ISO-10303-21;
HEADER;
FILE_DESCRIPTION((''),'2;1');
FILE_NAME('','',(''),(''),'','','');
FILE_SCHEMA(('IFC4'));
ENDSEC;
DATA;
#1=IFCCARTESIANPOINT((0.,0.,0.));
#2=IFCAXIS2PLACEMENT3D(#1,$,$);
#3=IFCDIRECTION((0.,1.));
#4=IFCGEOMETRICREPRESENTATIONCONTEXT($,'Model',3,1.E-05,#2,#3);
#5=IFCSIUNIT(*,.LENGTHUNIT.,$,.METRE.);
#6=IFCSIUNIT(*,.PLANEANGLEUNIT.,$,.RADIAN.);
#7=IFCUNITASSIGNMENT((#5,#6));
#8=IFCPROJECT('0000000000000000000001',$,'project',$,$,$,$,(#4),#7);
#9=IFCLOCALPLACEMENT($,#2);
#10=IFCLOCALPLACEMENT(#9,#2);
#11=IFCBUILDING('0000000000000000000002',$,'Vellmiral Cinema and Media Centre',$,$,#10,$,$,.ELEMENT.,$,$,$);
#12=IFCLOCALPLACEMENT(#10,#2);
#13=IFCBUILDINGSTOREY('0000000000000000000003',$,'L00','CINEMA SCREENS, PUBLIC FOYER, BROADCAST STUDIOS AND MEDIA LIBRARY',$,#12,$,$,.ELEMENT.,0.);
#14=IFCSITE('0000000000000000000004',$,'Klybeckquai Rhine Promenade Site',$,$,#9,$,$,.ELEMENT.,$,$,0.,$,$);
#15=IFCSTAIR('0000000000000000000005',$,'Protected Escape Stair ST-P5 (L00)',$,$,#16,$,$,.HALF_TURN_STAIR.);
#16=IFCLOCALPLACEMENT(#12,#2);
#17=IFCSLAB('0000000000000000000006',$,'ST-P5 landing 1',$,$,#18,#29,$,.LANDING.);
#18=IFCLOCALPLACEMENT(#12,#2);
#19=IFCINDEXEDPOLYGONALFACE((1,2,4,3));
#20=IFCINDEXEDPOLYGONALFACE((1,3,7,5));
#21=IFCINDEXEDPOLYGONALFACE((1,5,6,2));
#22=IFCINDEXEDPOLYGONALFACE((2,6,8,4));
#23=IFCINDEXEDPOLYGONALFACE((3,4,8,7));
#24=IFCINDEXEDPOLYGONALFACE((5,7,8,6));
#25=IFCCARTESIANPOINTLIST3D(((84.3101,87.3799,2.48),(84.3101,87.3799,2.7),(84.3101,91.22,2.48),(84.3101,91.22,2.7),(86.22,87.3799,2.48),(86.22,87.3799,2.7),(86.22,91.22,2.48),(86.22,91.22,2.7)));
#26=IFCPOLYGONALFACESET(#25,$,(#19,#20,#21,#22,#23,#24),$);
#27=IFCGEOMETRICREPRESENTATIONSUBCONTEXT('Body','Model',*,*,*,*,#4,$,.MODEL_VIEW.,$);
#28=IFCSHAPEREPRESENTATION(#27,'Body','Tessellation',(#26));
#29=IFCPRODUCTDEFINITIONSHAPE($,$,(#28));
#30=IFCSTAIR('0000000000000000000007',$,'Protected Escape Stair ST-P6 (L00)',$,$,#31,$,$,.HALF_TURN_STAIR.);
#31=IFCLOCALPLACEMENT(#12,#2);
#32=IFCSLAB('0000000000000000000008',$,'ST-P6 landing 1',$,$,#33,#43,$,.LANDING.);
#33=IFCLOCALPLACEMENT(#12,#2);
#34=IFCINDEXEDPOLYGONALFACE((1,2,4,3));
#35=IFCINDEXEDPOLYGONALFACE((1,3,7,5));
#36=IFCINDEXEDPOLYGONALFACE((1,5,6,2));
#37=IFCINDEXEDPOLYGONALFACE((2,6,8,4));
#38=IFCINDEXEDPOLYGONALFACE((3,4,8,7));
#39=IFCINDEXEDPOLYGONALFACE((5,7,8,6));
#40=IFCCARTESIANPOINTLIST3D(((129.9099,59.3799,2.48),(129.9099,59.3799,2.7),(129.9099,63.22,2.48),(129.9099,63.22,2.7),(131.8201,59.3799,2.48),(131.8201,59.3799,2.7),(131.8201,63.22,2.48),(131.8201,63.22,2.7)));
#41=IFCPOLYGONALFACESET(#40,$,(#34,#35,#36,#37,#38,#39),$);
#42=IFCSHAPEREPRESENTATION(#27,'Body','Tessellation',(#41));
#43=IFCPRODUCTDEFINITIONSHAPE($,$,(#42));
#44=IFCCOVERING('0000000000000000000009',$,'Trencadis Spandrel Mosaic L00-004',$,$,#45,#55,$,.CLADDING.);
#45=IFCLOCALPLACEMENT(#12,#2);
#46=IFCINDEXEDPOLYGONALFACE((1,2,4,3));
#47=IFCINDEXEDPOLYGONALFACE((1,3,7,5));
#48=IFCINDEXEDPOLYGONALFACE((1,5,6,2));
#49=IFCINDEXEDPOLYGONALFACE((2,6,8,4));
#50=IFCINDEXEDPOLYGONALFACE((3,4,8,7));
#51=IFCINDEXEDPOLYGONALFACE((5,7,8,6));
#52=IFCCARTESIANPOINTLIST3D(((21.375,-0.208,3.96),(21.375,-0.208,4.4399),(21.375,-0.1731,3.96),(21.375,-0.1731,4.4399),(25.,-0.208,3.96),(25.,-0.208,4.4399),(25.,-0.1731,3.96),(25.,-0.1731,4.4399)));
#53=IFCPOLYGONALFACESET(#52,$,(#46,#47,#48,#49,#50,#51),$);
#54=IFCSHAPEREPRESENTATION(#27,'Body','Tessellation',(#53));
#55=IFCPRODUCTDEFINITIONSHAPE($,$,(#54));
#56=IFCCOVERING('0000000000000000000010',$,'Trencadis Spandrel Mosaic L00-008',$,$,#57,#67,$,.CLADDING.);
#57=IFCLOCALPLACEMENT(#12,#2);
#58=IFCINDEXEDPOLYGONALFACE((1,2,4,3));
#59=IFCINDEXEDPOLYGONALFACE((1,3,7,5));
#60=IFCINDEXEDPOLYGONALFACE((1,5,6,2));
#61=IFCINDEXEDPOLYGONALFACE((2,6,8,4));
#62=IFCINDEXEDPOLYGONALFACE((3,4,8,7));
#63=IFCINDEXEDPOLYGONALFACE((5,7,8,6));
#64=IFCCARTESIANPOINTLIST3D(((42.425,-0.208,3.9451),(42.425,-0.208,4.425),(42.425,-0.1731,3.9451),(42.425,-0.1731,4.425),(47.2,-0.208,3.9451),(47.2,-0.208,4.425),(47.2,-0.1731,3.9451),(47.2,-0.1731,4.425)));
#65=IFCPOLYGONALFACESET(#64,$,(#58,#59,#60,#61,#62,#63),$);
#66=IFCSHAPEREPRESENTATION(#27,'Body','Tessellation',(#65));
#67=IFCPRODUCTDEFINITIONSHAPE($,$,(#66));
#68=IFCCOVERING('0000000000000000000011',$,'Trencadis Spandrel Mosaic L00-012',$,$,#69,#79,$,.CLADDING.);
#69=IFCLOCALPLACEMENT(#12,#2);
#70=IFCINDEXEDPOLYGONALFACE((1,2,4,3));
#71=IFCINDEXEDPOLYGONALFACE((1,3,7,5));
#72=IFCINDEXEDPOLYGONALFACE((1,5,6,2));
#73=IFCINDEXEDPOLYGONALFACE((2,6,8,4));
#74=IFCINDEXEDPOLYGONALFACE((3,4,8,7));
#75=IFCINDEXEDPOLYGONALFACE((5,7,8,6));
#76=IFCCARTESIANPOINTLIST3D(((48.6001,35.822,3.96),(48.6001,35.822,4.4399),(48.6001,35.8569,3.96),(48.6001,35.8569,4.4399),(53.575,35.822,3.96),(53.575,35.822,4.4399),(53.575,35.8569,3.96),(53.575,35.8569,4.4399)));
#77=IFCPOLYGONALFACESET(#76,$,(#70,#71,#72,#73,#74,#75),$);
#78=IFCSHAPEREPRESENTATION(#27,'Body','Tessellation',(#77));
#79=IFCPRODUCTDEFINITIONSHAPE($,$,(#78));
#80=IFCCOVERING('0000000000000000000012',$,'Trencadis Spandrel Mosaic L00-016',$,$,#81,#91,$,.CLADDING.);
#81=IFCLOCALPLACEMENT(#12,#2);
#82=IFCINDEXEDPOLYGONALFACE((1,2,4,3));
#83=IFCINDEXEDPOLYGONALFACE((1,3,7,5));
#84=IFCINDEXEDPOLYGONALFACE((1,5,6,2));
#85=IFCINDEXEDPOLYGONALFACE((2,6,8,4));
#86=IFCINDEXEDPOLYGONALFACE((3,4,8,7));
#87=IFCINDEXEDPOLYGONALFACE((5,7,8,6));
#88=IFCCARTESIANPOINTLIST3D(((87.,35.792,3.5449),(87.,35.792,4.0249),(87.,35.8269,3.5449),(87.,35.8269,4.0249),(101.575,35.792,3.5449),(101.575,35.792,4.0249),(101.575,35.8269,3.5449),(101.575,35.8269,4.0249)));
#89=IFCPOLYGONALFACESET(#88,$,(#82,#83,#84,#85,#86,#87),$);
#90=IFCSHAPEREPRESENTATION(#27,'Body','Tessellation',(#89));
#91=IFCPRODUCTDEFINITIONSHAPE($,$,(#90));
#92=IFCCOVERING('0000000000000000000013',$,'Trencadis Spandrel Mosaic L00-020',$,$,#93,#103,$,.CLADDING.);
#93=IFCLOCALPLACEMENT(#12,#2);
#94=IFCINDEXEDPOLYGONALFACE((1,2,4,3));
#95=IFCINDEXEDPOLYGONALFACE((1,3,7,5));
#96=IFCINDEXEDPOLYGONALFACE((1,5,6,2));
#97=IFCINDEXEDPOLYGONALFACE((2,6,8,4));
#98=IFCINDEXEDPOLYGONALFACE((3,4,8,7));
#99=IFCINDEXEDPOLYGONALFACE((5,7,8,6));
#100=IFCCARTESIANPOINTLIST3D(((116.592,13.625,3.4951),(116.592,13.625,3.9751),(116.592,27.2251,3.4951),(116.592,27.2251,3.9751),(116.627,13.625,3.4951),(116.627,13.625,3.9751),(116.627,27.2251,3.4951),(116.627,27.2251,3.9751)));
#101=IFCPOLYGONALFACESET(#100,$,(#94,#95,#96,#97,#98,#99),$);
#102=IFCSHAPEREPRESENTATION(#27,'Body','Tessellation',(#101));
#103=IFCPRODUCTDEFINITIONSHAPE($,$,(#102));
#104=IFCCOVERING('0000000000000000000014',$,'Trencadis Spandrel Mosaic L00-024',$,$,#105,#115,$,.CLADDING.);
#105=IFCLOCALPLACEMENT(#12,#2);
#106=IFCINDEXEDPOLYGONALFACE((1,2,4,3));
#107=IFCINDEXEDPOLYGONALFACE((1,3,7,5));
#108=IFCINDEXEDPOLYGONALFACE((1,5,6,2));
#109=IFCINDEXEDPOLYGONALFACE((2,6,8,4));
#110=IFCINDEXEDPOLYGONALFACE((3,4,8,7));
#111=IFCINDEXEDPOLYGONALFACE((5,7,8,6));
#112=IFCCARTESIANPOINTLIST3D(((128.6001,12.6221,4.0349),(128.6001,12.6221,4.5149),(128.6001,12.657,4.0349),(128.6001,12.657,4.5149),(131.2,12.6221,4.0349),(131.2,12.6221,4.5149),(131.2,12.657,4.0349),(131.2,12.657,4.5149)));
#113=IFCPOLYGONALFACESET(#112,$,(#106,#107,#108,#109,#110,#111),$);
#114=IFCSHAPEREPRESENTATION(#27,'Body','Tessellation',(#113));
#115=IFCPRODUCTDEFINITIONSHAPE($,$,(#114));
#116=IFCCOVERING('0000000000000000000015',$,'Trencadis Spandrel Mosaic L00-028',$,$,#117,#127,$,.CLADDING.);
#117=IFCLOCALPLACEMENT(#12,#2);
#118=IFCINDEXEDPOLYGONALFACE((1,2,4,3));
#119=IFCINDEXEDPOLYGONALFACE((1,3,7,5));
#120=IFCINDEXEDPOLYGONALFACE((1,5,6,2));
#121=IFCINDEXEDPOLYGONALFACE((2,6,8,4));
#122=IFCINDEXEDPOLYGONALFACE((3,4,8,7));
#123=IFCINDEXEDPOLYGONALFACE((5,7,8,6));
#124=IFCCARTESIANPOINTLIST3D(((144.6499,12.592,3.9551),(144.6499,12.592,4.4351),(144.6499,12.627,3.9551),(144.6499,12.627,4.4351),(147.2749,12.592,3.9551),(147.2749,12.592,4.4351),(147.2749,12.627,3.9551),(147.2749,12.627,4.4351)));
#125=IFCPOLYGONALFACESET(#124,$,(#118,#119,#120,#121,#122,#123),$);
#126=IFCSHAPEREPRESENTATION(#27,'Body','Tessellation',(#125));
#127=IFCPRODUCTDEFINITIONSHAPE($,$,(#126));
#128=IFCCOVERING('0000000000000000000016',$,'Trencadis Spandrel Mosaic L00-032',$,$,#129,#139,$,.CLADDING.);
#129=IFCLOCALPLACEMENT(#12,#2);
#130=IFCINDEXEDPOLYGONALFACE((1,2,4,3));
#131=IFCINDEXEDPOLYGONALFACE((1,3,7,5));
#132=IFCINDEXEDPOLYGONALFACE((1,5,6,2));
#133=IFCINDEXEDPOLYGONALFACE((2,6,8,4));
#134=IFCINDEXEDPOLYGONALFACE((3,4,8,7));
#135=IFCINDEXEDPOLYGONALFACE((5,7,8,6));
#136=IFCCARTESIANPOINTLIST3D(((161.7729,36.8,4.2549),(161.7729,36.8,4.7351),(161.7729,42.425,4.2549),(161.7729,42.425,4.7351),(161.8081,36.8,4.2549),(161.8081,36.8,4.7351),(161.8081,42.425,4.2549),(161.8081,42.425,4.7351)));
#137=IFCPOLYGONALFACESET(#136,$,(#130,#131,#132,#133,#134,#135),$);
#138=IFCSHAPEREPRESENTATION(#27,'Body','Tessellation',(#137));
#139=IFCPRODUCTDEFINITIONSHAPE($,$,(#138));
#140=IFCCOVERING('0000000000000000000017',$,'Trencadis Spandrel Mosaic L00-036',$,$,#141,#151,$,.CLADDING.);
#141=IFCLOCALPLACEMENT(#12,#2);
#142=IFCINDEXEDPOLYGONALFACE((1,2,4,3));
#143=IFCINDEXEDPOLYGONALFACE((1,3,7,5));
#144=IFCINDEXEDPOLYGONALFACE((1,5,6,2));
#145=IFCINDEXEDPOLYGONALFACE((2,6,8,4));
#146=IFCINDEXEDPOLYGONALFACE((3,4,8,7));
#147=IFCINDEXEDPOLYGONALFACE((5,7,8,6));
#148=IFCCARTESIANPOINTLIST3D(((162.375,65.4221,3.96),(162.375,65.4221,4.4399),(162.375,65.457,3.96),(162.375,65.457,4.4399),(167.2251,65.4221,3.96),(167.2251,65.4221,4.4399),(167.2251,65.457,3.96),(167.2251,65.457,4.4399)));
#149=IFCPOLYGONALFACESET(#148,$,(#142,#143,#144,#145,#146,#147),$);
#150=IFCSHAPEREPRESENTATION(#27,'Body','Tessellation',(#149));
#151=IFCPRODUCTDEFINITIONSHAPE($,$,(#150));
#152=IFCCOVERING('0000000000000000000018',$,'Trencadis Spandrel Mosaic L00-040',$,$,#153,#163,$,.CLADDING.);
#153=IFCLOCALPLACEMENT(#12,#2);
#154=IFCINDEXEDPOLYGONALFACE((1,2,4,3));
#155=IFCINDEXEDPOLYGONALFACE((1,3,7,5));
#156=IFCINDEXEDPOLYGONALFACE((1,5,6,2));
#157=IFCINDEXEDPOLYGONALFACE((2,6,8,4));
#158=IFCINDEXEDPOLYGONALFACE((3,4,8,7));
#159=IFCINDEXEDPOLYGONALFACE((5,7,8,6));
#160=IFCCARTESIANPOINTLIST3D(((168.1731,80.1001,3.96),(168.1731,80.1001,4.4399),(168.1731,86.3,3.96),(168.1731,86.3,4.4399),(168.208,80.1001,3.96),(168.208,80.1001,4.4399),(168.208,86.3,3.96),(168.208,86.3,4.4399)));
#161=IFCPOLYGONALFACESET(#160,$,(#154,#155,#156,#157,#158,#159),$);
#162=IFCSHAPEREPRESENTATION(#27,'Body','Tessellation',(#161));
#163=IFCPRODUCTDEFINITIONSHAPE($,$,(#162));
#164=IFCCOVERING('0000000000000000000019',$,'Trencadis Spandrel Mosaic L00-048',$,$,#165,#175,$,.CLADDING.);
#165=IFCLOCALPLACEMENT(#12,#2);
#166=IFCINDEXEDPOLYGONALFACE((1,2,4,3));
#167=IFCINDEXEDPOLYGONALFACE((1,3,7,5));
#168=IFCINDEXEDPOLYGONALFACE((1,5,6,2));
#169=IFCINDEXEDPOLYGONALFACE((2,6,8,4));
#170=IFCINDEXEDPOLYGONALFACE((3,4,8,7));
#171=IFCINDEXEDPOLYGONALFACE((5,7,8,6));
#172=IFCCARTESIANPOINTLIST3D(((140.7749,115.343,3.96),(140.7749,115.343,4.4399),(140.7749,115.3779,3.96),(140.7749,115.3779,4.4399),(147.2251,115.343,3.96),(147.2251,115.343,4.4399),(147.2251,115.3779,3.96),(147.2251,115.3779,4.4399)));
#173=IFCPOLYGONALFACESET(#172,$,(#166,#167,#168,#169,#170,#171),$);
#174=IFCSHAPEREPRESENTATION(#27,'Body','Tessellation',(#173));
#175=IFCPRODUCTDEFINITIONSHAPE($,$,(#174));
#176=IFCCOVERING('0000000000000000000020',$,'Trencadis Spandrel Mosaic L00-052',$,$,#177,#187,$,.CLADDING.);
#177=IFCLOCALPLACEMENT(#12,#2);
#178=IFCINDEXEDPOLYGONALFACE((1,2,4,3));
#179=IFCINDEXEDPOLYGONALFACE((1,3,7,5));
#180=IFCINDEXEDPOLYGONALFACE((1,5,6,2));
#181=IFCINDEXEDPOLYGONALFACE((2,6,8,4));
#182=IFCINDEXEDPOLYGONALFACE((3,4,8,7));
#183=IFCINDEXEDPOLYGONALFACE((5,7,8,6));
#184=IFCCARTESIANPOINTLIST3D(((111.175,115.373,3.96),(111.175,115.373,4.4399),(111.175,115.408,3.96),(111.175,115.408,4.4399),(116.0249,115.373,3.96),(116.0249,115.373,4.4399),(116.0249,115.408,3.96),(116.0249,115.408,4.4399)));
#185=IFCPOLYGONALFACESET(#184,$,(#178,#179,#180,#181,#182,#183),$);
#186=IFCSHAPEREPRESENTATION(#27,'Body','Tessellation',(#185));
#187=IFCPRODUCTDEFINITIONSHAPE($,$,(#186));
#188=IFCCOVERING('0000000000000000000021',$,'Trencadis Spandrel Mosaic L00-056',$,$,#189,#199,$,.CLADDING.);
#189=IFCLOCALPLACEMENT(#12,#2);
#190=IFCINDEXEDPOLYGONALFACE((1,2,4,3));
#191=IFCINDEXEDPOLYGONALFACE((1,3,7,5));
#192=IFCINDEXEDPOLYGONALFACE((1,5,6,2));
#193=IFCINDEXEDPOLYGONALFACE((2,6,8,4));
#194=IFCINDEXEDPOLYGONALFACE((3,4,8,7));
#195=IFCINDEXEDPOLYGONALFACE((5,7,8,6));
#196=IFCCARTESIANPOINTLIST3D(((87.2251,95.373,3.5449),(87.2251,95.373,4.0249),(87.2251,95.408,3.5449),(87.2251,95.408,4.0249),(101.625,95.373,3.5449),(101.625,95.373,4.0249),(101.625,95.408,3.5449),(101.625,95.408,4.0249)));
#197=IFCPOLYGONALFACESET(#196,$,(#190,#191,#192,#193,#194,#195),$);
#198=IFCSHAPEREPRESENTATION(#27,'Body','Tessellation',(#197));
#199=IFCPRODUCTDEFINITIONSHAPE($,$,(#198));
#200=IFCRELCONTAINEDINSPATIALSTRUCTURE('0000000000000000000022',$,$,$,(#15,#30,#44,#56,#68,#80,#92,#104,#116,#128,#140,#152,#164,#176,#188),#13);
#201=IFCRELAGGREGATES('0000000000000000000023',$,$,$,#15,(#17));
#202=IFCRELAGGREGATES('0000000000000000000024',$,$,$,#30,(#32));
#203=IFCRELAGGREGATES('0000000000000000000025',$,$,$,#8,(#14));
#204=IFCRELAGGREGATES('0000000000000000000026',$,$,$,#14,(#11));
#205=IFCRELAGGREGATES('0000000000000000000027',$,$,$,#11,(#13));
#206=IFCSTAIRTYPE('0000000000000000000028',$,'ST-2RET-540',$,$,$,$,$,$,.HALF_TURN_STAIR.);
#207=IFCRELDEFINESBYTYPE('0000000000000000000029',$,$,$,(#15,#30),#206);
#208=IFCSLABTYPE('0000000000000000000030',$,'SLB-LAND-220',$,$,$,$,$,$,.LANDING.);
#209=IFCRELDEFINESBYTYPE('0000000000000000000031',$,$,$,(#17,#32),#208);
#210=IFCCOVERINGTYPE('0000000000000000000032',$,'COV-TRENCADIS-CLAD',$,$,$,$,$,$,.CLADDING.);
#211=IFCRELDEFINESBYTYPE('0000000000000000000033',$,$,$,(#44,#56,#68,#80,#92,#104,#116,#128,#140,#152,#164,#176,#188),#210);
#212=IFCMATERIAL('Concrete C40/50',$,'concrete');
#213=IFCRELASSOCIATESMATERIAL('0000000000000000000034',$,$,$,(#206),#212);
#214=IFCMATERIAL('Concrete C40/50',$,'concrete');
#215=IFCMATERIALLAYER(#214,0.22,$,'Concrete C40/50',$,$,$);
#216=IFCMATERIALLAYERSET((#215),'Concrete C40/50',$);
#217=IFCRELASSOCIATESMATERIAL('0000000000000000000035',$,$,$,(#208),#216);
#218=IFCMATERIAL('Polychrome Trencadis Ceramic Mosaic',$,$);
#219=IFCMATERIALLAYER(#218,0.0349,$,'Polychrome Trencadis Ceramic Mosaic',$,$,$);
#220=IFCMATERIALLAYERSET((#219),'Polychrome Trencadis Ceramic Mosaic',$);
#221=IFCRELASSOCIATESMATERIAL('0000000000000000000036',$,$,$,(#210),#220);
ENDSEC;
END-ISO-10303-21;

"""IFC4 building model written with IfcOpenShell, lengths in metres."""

from ifc_helpers import new_model, si_unit, direction, frame, origin, place, context, subcontext, project, spatial, polyline, outline, extrude, material, layer, layer_set, type_object, element, aggregate, save


model = new_model("IFC4")

# Units and contexts
model_context = context("Model", 3, precision=1e-05, world=origin(), true_north=direction((0.0, 1.0)))
body_context = subcontext(model_context, "Body", "Model", "MODEL_VIEW")
ifc_project = project(units=[si_unit("LENGTHUNIT", "METRE"), si_unit("PLANEANGLEUNIT", "RADIAN")], contexts=[model_context])

# Site, building, storey
site_placement = place(None, origin())
site = spatial("IfcSite", under=ifc_project, at=site_placement, Name="Klybeckquai Rhine Promenade Site", CompositionType="ELEMENT", RefElevation=0.0)
building_placement = place(site_placement, origin())
building = spatial("IfcBuilding", under=site, at=building_placement, Name="Vellmiral Cinema and Media Centre", CompositionType="ELEMENT")
storey_placement = place(building_placement, origin())
storey = spatial("IfcBuildingStorey", under=building, at=storey_placement, Name="L00", Description="CINEMA SCREENS, PUBLIC FOYER, BROADCAST STUDIOS AND MEDIA LIBRARY", CompositionType="ELEMENT", Elevation=0.0)

# Stairs, slabs
ifc_material_1 = material(Name="Concrete C40/50", Category="concrete")
stair_type = type_object("IfcStairType", Name="ST-2RET-540", PredefinedType="HALF_TURN_STAIR", material=ifc_material_1)
stair_1_placement = place(storey_placement, origin())
stair_1 = element("IfcStair", 1, at=stair_1_placement, inside=storey, type_object=stair_type, Name="Protected Escape Stair ST-P5 (L00)", PredefinedType="HALF_TURN_STAIR")
ifc_material_2 = material(Name="Concrete C40/50", Category="concrete")
ifc_layer_1 = layer(ifc_material_2, 0.22, Name="Concrete C40/50")
ifc_layer_set_1 = layer_set([ifc_layer_1], Name="Concrete C40/50")
slab_type = type_object("IfcSlabType", Name="SLB-LAND-220", PredefinedType="LANDING", material=ifc_layer_set_1)
slab_1_placement = place(storey_placement, frame((0.0, 0.0, 2.48)))
slab_1 = element("IfcSlab", 2, at=slab_1_placement, type_object=slab_type, Name="ST-P5 landing 1", PredefinedType="LANDING", context=body_context, shape_type="SweptSolid", body=[
    extrude(outline(polyline([(84.3101, 87.3799), (86.22, 87.3799), (86.22, 91.22), (84.3101, 91.22), (84.3101, 87.3799)])), origin(), (0.0, 0.0, 1.0), 0.22),
])
aggregate(stair_1, [slab_1])
stair_2_placement = place(storey_placement, origin())
stair_2 = element("IfcStair", 3, at=stair_2_placement, inside=storey, type_object=stair_type, Name="Protected Escape Stair ST-P6 (L00)", PredefinedType="HALF_TURN_STAIR")
slab_2_placement = place(storey_placement, frame((0.0, 0.0, 2.48)))
slab_2 = element("IfcSlab", 4, at=slab_2_placement, type_object=slab_type, Name="ST-P6 landing 1", PredefinedType="LANDING", context=body_context, shape_type="SweptSolid", body=[
    extrude(outline(polyline([(129.9099, 59.3799), (131.8201, 59.3799), (131.8201, 63.22), (129.9099, 63.22), (129.9099, 59.3799)])), origin(), (0.0, 0.0, 1.0), 0.22),
])
aggregate(stair_2, [slab_2])

# Coverings
ifc_material_3 = material(Name="Polychrome Trencadis Ceramic Mosaic")
ifc_layer_2 = layer(ifc_material_3, 0.0349, Name="Polychrome Trencadis Ceramic Mosaic")
ifc_layer_set_2 = layer_set([ifc_layer_2], Name="Polychrome Trencadis Ceramic Mosaic")
covering_type = type_object("IfcCoveringType", Name="COV-TRENCADIS-CLAD", PredefinedType="CLADDING", material=ifc_layer_set_2)
covering_1_placement = place(storey_placement, frame((0.0, 0.0, 3.96)))
element("IfcCovering", 5, at=covering_1_placement, inside=storey, type_object=covering_type, Name="Trencadis Spandrel Mosaic L00-004", PredefinedType="CLADDING", context=body_context, shape_type="SweptSolid", body=[
    extrude(outline(polyline([(21.375, -0.208), (25.0, -0.208), (25.0, -0.1731), (21.375, -0.1731), (21.375, -0.208)])), origin(), (0.0, 0.0, 1.0), 0.48),
])
covering_2_placement = place(storey_placement, frame((0.0, 0.0, 3.9451)))
element("IfcCovering", 6, at=covering_2_placement, inside=storey, type_object=covering_type, Name="Trencadis Spandrel Mosaic L00-008", PredefinedType="CLADDING", context=body_context, shape_type="SweptSolid", body=[
    extrude(outline(polyline([(42.425, -0.208), (47.2, -0.208), (47.2, -0.1731), (42.425, -0.1731), (42.425, -0.208)])), origin(), (0.0, 0.0, 1.0), 0.48),
])
covering_3_placement = place(storey_placement, frame((0.0, 0.0, 3.96)))
element("IfcCovering", 7, at=covering_3_placement, inside=storey, type_object=covering_type, Name="Trencadis Spandrel Mosaic L00-012", PredefinedType="CLADDING", context=body_context, shape_type="SweptSolid", body=[
    extrude(outline(polyline([(48.6001, 35.822), (53.575, 35.822), (53.575, 35.8569), (48.6001, 35.8569), (48.6001, 35.822)])), origin(), (0.0, 0.0, 1.0), 0.48),
])
covering_4_placement = place(storey_placement, frame((0.0, 0.0, 3.5449)))
element("IfcCovering", 8, at=covering_4_placement, inside=storey, type_object=covering_type, Name="Trencadis Spandrel Mosaic L00-016", PredefinedType="CLADDING", context=body_context, shape_type="SweptSolid", body=[
    extrude(outline(polyline([(87.0, 35.792), (101.575, 35.792), (101.575, 35.8269), (87.0, 35.8269), (87.0, 35.792)])), origin(), (0.0, 0.0, 1.0), 0.48),
])
covering_5_placement = place(storey_placement, frame((0.0, 0.0, 3.4951)))
element("IfcCovering", 9, at=covering_5_placement, inside=storey, type_object=covering_type, Name="Trencadis Spandrel Mosaic L00-020", PredefinedType="CLADDING", context=body_context, shape_type="SweptSolid", body=[
    extrude(outline(polyline([(116.592, 27.2251), (116.592, 13.625), (116.627, 13.625), (116.627, 27.2251), (116.592, 27.2251)])), origin(), (0.0, 0.0, 1.0), 0.48),
])
covering_6_placement = place(storey_placement, frame((0.0, 0.0, 4.0349)))
element("IfcCovering", 10, at=covering_6_placement, inside=storey, type_object=covering_type, Name="Trencadis Spandrel Mosaic L00-024", PredefinedType="CLADDING", context=body_context, shape_type="SweptSolid", body=[
    extrude(outline(polyline([(128.6001, 12.6221), (131.2, 12.6221), (131.2, 12.657), (128.6001, 12.657), (128.6001, 12.6221)])), origin(), (0.0, 0.0, 1.0), 0.48),
])
covering_7_placement = place(storey_placement, frame((0.0, 0.0, 3.9551)))
element("IfcCovering", 11, at=covering_7_placement, inside=storey, type_object=covering_type, Name="Trencadis Spandrel Mosaic L00-028", PredefinedType="CLADDING", context=body_context, shape_type="SweptSolid", body=[
    extrude(outline(polyline([(144.6499, 12.592), (147.2749, 12.592), (147.2749, 12.627), (144.6499, 12.627), (144.6499, 12.592)])), origin(), (0.0, 0.0, 1.0), 0.48),
])
covering_8_placement = place(storey_placement, frame((0.0, 0.0, 4.2549)))
element("IfcCovering", 12, at=covering_8_placement, inside=storey, type_object=covering_type, Name="Trencadis Spandrel Mosaic L00-032", PredefinedType="CLADDING", context=body_context, shape_type="SweptSolid", body=[
    extrude(outline(polyline([(161.8081, 36.8), (161.8081, 42.425), (161.7729, 42.425), (161.7729, 36.8), (161.8081, 36.8)])), origin(), (0.0, 0.0, 1.0), 0.4802),
])
covering_9_placement = place(storey_placement, frame((0.0, 0.0, 3.96)))
element("IfcCovering", 13, at=covering_9_placement, inside=storey, type_object=covering_type, Name="Trencadis Spandrel Mosaic L00-036", PredefinedType="CLADDING", context=body_context, shape_type="SweptSolid", body=[
    extrude(outline(polyline([(162.375, 65.4221), (167.2251, 65.4221), (167.2251, 65.457), (162.375, 65.457), (162.375, 65.4221)])), origin(), (0.0, 0.0, 1.0), 0.48),
])
covering_10_placement = place(storey_placement, frame((0.0, 0.0, 3.96)))
element("IfcCovering", 14, at=covering_10_placement, inside=storey, type_object=covering_type, Name="Trencadis Spandrel Mosaic L00-040", PredefinedType="CLADDING", context=body_context, shape_type="SweptSolid", body=[
    extrude(outline(polyline([(168.208, 80.1001), (168.208, 86.3), (168.1731, 86.3), (168.1731, 80.1001), (168.208, 80.1001)])), origin(), (0.0, 0.0, 1.0), 0.48),
])
covering_11_placement = place(storey_placement, frame((0.0, 0.0, 3.96)))
element("IfcCovering", 15, at=covering_11_placement, inside=storey, type_object=covering_type, Name="Trencadis Spandrel Mosaic L00-048", PredefinedType="CLADDING", context=body_context, shape_type="SweptSolid", body=[
    extrude(outline(polyline([(147.2251, 115.3779), (140.7749, 115.3779), (140.7749, 115.343), (147.2251, 115.343), (147.2251, 115.3779)])), origin(), (0.0, 0.0, 1.0), 0.48),
])
covering_12_placement = place(storey_placement, frame((0.0, 0.0, 3.96)))
element("IfcCovering", 16, at=covering_12_placement, inside=storey, type_object=covering_type, Name="Trencadis Spandrel Mosaic L00-052", PredefinedType="CLADDING", context=body_context, shape_type="SweptSolid", body=[
    extrude(outline(polyline([(116.0249, 115.408), (111.175, 115.408), (111.175, 115.373), (116.0249, 115.373), (116.0249, 115.408)])), origin(), (0.0, 0.0, 1.0), 0.48),
])
covering_13_placement = place(storey_placement, frame((0.0, 0.0, 3.5449)))
element("IfcCovering", 17, at=covering_13_placement, inside=storey, type_object=covering_type, Name="Trencadis Spandrel Mosaic L00-056", PredefinedType="CLADDING", context=body_context, shape_type="SweptSolid", body=[
    extrude(outline(polyline([(101.625, 95.408), (87.2251, 95.408), (87.2251, 95.373), (101.625, 95.373), (101.625, 95.408)])), origin(), (0.0, 0.0, 1.0), 0.48),
])

save(model, "model.ifc")
